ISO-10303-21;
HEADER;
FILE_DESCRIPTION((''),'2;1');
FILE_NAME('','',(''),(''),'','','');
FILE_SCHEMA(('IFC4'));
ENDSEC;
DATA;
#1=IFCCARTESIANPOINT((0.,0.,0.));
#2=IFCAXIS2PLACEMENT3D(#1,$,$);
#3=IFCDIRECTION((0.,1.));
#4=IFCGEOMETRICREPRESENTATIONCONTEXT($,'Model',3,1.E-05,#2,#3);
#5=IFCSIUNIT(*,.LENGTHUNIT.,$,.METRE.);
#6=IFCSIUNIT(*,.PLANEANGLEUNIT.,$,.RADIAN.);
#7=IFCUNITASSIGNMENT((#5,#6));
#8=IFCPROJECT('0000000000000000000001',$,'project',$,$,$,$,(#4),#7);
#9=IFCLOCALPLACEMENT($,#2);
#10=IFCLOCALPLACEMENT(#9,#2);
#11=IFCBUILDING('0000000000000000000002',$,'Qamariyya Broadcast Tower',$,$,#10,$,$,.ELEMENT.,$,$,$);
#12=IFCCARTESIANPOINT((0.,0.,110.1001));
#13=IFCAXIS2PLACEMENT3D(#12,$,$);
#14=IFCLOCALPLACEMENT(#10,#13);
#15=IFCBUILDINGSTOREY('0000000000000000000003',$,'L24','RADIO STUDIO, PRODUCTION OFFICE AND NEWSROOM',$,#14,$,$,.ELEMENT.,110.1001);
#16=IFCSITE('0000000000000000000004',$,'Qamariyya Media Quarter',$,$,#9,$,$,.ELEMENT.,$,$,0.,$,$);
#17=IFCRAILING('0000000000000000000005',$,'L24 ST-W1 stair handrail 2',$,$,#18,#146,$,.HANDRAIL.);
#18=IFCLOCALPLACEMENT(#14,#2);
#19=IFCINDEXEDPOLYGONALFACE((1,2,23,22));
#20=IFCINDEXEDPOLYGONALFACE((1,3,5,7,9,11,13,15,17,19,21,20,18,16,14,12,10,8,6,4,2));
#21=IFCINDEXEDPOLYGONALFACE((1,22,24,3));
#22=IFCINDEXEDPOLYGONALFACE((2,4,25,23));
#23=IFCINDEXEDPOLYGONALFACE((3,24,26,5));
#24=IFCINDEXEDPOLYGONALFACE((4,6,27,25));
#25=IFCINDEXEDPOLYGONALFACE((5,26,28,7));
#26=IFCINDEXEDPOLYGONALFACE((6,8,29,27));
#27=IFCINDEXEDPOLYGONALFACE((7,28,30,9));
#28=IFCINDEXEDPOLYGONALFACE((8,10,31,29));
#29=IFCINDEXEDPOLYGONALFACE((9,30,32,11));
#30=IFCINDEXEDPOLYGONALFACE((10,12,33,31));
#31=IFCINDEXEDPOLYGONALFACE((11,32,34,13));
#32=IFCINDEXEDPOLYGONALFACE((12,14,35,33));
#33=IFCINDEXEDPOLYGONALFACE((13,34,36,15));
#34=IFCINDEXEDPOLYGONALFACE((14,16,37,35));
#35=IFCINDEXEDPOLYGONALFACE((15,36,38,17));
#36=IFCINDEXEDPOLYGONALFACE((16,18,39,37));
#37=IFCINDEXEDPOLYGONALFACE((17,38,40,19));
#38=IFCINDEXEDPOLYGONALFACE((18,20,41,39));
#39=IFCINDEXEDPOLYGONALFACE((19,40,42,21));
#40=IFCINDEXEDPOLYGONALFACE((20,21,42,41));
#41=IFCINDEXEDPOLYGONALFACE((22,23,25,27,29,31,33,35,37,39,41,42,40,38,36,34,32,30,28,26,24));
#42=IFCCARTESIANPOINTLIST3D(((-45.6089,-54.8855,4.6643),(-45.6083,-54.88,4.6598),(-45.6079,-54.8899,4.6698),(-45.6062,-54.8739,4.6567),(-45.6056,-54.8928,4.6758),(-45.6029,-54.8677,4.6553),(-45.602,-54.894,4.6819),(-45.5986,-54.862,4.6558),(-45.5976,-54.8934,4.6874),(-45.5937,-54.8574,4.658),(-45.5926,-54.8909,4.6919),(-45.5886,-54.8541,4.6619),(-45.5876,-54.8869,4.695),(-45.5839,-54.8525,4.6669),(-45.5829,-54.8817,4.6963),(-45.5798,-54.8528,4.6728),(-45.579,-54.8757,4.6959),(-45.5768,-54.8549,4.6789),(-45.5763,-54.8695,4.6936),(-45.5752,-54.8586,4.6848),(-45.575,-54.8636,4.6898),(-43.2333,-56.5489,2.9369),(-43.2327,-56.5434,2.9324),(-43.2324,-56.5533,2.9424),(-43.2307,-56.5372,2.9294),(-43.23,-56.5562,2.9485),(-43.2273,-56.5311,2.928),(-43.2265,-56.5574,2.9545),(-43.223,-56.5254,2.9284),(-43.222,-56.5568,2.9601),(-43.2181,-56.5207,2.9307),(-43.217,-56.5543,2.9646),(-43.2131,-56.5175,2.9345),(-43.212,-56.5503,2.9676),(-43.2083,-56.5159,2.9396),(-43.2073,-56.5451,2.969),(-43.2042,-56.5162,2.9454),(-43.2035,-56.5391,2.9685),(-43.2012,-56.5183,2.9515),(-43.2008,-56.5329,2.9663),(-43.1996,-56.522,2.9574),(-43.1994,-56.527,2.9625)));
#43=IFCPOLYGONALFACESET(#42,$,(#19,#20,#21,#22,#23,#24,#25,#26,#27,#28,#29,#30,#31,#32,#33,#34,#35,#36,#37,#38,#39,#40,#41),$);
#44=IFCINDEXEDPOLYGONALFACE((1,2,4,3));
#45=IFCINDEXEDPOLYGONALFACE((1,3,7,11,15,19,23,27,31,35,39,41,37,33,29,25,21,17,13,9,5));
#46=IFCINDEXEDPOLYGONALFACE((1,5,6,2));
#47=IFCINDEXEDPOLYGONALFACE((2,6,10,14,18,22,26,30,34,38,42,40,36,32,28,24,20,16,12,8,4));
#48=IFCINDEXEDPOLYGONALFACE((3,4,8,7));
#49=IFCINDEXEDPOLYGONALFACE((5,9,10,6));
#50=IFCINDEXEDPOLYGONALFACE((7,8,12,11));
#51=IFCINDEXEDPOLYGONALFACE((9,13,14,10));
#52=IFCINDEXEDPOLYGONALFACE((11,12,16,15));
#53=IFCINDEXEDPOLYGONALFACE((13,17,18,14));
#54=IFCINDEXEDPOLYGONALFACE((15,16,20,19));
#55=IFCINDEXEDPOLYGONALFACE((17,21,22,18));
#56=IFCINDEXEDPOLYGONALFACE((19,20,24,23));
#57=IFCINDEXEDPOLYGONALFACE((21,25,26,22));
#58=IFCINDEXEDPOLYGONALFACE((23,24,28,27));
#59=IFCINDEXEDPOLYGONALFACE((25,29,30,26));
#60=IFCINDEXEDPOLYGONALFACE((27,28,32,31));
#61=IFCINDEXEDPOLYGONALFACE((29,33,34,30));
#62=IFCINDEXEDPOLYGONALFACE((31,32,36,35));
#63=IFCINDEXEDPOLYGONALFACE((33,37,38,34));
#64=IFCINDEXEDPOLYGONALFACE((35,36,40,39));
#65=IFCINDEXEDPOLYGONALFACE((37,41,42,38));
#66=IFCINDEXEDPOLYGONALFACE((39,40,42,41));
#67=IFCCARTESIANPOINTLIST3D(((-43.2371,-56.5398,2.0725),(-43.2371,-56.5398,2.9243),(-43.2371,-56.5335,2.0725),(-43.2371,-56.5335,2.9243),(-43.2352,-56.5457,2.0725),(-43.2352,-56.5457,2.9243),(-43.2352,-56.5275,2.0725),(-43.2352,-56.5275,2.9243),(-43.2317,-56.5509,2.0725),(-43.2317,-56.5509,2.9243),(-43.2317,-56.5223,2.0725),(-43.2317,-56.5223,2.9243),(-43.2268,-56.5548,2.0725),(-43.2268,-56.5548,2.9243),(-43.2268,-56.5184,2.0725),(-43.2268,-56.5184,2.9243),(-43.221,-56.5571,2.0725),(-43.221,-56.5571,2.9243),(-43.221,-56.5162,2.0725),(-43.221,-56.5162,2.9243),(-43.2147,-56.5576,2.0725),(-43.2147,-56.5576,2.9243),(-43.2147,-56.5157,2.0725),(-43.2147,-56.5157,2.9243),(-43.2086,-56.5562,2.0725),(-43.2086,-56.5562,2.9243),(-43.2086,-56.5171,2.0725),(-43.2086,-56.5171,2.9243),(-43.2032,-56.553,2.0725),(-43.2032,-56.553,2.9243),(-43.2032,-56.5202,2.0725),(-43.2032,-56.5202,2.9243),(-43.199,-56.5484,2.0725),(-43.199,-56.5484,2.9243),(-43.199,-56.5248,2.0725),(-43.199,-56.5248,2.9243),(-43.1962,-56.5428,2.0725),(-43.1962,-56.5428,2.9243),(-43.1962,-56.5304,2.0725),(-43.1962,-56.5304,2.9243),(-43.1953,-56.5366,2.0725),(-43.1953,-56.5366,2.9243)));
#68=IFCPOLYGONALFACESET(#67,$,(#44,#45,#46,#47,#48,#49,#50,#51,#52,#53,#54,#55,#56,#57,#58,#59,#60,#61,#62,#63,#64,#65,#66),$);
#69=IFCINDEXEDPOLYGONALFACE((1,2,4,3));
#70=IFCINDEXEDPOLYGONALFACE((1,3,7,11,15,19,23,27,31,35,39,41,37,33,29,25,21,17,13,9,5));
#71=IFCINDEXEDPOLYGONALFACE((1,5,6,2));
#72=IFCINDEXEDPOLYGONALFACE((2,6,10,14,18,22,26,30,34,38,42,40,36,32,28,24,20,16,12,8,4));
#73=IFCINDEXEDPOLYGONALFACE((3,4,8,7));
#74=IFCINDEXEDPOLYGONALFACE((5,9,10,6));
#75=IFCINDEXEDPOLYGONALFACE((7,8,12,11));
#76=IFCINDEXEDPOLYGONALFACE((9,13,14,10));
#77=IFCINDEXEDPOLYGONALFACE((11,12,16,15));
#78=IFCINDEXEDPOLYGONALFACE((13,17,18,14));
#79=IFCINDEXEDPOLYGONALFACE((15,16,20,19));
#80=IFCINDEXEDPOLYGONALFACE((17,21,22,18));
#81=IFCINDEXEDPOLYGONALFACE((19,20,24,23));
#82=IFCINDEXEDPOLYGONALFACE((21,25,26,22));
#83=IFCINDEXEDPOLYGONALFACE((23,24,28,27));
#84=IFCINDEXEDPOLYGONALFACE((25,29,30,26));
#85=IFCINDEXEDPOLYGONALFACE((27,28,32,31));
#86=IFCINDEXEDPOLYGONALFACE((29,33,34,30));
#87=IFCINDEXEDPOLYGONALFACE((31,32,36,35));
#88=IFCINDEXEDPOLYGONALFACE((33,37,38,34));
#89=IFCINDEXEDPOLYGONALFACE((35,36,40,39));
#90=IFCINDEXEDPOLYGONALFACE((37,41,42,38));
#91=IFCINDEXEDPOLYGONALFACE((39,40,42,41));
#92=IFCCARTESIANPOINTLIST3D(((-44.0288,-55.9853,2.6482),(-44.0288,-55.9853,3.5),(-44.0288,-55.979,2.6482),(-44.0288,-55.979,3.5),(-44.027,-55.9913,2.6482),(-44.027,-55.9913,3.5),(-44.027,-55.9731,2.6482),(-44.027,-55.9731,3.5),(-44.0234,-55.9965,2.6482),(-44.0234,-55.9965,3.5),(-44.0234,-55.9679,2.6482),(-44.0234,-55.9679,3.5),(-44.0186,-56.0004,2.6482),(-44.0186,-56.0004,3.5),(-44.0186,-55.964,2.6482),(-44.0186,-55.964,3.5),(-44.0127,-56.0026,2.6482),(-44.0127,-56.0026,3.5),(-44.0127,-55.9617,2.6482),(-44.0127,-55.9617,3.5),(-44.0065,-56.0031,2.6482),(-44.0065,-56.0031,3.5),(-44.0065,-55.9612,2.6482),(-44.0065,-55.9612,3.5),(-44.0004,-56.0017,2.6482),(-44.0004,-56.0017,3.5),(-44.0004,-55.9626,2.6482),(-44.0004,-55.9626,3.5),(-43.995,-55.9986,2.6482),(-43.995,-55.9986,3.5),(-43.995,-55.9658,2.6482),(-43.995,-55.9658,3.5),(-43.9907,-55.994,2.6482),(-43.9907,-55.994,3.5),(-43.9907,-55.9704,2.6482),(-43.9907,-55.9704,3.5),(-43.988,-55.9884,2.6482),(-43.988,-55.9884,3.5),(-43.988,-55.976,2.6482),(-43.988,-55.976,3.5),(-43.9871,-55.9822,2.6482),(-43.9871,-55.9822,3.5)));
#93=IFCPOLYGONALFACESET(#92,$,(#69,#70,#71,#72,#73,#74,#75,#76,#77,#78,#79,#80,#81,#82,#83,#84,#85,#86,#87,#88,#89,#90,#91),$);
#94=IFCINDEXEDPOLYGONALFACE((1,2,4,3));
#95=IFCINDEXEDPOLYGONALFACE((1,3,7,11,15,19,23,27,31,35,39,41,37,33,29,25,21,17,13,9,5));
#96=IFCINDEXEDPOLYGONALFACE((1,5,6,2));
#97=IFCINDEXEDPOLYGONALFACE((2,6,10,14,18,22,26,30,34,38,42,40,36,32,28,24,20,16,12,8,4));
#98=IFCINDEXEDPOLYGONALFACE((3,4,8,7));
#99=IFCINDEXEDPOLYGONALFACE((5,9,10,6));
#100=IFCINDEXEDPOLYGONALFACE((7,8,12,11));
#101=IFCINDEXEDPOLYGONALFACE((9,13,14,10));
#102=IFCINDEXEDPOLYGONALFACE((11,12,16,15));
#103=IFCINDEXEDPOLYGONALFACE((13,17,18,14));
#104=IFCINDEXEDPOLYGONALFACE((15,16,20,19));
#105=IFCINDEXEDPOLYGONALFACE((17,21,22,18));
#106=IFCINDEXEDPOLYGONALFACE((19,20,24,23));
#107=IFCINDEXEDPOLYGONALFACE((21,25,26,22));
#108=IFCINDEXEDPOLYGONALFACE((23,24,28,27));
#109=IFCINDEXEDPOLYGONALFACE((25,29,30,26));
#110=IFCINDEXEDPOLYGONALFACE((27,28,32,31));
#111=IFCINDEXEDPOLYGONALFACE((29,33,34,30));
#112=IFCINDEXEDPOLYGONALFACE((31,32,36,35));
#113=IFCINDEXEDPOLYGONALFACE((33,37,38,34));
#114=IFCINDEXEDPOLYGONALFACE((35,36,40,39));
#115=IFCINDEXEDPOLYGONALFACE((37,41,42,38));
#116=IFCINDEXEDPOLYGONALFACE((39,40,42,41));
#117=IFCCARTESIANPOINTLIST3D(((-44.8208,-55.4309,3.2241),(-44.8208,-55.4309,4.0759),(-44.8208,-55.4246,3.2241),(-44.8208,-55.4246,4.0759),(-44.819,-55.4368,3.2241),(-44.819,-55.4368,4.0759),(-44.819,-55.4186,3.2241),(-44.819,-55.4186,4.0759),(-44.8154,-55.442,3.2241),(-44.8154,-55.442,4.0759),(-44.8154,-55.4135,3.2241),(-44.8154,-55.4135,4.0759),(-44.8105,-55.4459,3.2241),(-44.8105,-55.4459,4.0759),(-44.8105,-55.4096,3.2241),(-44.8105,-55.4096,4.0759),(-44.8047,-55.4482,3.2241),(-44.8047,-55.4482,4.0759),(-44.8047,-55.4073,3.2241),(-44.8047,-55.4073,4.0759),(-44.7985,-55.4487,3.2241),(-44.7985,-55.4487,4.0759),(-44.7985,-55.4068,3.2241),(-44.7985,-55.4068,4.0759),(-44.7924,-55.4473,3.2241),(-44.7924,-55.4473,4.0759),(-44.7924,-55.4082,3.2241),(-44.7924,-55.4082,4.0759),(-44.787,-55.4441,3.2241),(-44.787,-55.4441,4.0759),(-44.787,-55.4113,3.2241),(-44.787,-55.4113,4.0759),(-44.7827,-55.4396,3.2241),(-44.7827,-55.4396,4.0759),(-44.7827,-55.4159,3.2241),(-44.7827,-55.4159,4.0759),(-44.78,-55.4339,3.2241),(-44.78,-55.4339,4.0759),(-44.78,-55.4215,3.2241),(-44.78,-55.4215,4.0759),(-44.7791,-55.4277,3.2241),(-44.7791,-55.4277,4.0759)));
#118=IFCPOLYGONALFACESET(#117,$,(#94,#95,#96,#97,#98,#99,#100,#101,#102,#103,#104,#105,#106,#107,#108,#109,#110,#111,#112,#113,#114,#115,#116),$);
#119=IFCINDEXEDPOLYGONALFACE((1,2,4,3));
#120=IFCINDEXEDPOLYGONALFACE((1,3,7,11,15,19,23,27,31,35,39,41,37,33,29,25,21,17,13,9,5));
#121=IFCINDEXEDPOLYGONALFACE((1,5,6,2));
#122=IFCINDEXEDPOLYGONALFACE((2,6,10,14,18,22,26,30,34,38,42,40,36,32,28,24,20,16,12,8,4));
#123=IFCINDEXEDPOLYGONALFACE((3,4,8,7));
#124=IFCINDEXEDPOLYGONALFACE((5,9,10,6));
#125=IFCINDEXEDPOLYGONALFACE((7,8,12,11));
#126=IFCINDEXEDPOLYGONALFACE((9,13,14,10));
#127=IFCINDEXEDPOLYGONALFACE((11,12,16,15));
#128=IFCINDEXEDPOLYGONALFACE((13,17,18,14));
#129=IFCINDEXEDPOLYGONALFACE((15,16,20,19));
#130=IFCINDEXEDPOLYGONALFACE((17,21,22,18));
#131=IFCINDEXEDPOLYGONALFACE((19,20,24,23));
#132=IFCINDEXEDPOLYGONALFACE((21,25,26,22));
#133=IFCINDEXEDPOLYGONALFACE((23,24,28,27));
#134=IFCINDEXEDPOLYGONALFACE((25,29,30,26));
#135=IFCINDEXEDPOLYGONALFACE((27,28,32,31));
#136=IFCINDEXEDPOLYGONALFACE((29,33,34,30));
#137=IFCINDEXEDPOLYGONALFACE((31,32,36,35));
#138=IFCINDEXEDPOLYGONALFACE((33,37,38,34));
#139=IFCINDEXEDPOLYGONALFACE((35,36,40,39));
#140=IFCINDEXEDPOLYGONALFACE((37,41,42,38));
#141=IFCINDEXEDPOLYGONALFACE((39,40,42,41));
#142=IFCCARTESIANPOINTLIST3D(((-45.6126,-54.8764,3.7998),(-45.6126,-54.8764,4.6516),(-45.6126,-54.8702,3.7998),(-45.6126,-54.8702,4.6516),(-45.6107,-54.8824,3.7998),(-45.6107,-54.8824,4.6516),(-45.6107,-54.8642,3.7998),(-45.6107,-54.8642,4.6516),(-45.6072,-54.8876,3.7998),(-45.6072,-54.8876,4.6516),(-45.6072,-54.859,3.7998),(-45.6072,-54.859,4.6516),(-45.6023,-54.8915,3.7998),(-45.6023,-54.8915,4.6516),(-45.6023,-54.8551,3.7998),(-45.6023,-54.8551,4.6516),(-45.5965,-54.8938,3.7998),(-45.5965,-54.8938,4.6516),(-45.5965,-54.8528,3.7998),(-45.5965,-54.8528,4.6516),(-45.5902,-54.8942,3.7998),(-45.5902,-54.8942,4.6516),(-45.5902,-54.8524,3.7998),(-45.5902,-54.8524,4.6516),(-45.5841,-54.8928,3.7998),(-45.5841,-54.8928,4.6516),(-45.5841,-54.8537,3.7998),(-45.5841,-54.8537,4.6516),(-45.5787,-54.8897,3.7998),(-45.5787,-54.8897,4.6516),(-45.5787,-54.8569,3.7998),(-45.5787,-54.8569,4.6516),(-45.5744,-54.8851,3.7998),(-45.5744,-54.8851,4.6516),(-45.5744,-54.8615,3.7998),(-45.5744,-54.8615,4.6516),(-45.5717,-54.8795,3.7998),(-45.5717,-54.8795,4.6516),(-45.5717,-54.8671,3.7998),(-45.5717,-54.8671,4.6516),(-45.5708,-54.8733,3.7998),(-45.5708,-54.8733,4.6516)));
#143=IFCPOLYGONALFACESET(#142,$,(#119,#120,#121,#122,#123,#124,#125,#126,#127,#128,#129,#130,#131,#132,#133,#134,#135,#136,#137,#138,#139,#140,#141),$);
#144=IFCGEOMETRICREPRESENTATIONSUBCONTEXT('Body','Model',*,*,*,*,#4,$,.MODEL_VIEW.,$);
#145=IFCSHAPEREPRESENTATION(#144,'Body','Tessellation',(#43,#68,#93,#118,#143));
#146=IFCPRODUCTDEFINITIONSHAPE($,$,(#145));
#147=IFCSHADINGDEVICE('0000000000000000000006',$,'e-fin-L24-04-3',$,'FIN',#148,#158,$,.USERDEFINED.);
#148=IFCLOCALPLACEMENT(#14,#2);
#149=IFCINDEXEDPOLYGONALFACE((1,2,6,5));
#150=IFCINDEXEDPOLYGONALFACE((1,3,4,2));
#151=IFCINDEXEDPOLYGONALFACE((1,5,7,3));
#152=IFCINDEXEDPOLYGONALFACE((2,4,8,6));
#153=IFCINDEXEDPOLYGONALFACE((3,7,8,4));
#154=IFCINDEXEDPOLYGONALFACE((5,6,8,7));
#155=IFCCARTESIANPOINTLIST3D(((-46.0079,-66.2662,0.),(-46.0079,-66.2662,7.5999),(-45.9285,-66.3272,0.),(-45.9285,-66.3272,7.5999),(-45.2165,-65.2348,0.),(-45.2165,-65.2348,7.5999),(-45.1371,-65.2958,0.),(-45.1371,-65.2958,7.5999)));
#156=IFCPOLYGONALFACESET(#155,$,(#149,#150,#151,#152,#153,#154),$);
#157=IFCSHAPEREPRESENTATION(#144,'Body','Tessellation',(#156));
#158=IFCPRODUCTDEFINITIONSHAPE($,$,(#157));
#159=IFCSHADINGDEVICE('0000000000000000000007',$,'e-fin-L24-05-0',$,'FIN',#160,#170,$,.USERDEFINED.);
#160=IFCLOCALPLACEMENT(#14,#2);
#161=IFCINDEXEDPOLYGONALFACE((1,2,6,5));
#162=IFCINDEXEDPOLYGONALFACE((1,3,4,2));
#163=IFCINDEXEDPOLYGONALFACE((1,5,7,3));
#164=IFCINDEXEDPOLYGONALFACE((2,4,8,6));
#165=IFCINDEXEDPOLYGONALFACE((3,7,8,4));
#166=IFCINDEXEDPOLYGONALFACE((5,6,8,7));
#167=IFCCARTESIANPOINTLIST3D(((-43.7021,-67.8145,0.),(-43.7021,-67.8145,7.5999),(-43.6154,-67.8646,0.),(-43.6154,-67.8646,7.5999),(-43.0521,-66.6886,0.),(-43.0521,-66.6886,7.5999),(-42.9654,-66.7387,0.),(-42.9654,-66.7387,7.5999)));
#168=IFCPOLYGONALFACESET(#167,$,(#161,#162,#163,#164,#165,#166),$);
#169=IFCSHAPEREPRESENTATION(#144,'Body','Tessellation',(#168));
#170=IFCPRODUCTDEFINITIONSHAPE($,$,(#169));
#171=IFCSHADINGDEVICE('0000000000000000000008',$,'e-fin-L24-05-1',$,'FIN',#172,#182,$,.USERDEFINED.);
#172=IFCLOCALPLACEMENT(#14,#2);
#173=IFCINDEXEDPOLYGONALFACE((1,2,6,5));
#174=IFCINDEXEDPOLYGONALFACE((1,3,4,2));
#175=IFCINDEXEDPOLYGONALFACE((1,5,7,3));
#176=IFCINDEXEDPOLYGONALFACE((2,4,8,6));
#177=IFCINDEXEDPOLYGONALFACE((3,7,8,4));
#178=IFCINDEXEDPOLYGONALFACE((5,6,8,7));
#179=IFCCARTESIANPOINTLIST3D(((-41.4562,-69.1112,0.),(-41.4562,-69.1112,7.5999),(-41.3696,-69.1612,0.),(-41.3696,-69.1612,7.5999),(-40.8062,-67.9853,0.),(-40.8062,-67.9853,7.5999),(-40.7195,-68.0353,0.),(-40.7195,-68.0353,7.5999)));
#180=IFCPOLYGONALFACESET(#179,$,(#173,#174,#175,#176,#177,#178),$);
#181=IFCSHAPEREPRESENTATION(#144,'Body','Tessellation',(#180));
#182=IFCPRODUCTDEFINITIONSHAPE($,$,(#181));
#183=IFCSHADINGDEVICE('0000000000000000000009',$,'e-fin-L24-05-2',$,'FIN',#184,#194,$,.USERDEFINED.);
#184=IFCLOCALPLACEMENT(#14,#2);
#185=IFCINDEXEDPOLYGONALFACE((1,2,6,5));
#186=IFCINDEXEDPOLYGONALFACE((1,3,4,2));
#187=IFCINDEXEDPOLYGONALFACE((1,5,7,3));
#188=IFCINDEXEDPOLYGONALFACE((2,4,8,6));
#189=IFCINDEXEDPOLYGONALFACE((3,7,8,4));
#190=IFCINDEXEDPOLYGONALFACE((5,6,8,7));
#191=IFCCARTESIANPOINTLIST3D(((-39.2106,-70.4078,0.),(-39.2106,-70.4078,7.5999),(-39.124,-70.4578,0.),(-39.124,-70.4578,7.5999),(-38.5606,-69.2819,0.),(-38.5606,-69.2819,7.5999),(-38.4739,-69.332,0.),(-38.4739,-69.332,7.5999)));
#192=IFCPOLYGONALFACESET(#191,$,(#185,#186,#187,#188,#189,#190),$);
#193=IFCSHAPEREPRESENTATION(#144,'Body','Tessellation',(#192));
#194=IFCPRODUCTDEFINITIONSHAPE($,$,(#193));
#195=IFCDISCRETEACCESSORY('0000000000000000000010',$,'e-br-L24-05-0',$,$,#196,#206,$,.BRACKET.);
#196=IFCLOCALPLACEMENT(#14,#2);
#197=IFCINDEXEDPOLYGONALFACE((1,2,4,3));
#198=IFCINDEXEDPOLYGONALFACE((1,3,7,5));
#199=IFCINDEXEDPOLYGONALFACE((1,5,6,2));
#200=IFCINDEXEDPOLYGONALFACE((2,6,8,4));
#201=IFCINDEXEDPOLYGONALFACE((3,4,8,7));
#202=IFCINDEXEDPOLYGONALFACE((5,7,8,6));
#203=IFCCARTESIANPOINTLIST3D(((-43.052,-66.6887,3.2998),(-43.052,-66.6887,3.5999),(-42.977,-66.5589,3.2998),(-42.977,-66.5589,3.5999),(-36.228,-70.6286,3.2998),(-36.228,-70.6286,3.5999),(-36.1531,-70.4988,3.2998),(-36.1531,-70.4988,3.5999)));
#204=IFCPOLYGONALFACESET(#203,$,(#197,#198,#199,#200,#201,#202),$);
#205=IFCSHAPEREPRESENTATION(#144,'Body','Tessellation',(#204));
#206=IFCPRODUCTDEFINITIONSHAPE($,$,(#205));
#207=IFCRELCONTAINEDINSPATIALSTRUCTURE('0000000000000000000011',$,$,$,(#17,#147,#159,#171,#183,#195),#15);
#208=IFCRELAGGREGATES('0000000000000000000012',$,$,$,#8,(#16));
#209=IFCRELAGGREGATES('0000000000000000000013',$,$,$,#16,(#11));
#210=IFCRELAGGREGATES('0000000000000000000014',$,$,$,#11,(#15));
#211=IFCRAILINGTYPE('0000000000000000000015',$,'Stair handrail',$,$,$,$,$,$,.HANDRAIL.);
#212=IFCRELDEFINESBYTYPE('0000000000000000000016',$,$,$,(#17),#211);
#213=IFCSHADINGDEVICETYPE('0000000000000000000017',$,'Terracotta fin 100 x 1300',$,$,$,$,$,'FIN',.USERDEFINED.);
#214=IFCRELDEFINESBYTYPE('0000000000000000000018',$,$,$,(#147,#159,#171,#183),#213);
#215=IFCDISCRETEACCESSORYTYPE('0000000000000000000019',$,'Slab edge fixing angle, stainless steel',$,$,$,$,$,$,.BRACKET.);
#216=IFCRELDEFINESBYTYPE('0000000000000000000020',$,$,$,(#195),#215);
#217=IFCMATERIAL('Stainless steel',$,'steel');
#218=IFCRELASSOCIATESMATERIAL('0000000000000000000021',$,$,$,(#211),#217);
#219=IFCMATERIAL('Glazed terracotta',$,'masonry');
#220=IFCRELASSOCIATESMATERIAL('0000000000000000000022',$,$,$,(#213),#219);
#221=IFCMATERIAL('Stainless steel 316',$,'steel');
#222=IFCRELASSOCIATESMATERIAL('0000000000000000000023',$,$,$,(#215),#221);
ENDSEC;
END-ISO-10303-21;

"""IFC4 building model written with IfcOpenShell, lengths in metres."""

from ifc_helpers import new_model, si_unit, direction, frame, origin, origin_2d, place, context, subcontext, project, spatial, rectangle, circle, extrude, material, material_profile, profile_set, type_object, element, save


model = new_model("IFC4")

# Units and contexts
model_context = context("Model", 3, precision=1e-05, world=origin(), true_north=direction((0.0, 1.0)))
body_context = subcontext(model_context, "Body", "Model", "MODEL_VIEW")
ifc_project = project(units=[si_unit("LENGTHUNIT", "METRE"), si_unit("PLANEANGLEUNIT", "RADIAN")], contexts=[model_context])

# Site, building, storey
site_placement = place(None, origin())
site = spatial("IfcSite", under=ifc_project, at=site_placement, Name="Qamariyya Media Quarter", CompositionType="ELEMENT", RefElevation=0.0)
building_placement = place(site_placement, origin())
building = spatial("IfcBuilding", under=site, at=building_placement, Name="Qamariyya Broadcast Tower", CompositionType="ELEMENT")
storey_placement = place(building_placement, frame((0.0, 0.0, 110.1001)))
storey = spatial("IfcBuildingStorey", under=building, at=storey_placement, Name="L24", Description="RADIO STUDIO, PRODUCTION OFFICE AND NEWSROOM", CompositionType="ELEMENT", Elevation=110.1001)

# Railing
ifc_material_1 = material(Name="Stainless steel", Category="steel")
railing_type_1 = type_object("IfcRailingType", Name="Stair handrail", PredefinedType="HANDRAIL", material=ifc_material_1)
railing_1_placement = place(storey_placement, frame((-43.2163, -56.5366, 2.0725)))
element("IfcRailing", 1, at=railing_1_placement, inside=storey, type_object=railing_type_1, Name="L24 ST-W1 stair handrail 2", PredefinedType="HANDRAIL", context=body_context, shape_type="SweptSolid", body=[
    extrude(circle(Radius=0.0239, at=origin_2d()), frame((0.0, 0.0, 0.876), z_axis=(-0.70377, 0.492784, 0.511734), x_axis=(-0.573575, -0.819153, 0.0)), (0.0, 0.0, 1.0), 3.3755),
    extrude(circle(Radius=0.021, at=origin_2d()), origin(), (0.0, 0.0, 1.0), 0.8518),
    extrude(circle(Radius=0.021, at=origin_2d()), frame((-0.7917, 0.5544, 0.5757)), (0.0, 0.0, 1.0), 0.8518),
    extrude(circle(Radius=0.021, at=origin_2d()), frame((-1.5837, 1.1089, 1.1516)), (0.0, 0.0, 1.0), 0.8518),
    extrude(circle(Radius=0.021, at=origin_2d()), frame((-2.3755, 1.6633, 1.7273)), (0.0, 0.0, 1.0), 0.8518),
])

# Shading devices
ifc_material_2 = material(Name="Glazed terracotta", Category="masonry")
ifc_material_profile_1 = material_profile(ifc_material_2, rectangle(XDim=1.3, YDim=0.1001, at=origin_2d()))
ifc_profile_set_1 = profile_set([ifc_material_profile_1], Name="Glazed terracotta")
shading_device_type_1 = type_object("IfcShadingDeviceType", Name="Terracotta fin 100 x 1300", ElementType="FIN", PredefinedType="USERDEFINED", material=ifc_profile_set_1)
for number, where, z_axis, x_axis, name in (
    (2, (-45.5725, -65.781, 0.0), (0.0, 0.0, 1.0), (-0.608761, -0.793353, 0.0), "e-fin-L24-04-3"),
    (3, (-43.3337, -67.2766, 0.0), (0.0, 0.0, 1.0), (-0.5, -0.866025, 0.0), "e-fin-L24-05-0"),
    (4, (-41.0879, -68.5732, 0.0), (0.0, 0.0, 1.0), (-0.5, -0.866025, 0.0), "e-fin-L24-05-1"),
    (5, (-38.8423, -69.8699, 0.0), (0.0, 0.0, 1.0), (-0.5, -0.866025, 0.0), "e-fin-L24-05-2"),
):
    element("IfcShadingDevice", number, at=place(storey_placement, frame(where, z_axis=z_axis, x_axis=x_axis)), inside=storey, type_object=shading_device_type_1, Name=name, ObjectType="FIN", PredefinedType="USERDEFINED", context=body_context, shape_type="SweptSolid", body=[
        extrude(rectangle(XDim=1.3, YDim=0.1001, at=origin_2d()), origin(), (0.0, 0.0, 1.0), 7.5999),
    ])

# Discrete accessory
ifc_material_3 = material(Name="Stainless steel 316", Category="steel")
discrete_accessory_type = type_object("IfcDiscreteAccessoryType", Name="Slab edge fixing angle, stainless steel", PredefinedType="BRACKET", material=ifc_material_3)
discrete_accessory_placement = place(storey_placement, frame((-39.6025, -68.5938, 3.2998), z_axis=(0.0, 0.0, 1.0), x_axis=(0.866025, -0.5, 0.0)))
element("IfcDiscreteAccessory", 6, at=discrete_accessory_placement, inside=storey, type_object=discrete_accessory_type, Name="e-br-L24-05-0", PredefinedType="BRACKET", context=body_context, shape_type="SweptSolid", body=[
    extrude(rectangle(XDim=7.8796, YDim=0.1499, at=origin_2d()), origin(), (0.0, 0.0, 1.0), 0.3),
])

save(model, "model.ifc")
